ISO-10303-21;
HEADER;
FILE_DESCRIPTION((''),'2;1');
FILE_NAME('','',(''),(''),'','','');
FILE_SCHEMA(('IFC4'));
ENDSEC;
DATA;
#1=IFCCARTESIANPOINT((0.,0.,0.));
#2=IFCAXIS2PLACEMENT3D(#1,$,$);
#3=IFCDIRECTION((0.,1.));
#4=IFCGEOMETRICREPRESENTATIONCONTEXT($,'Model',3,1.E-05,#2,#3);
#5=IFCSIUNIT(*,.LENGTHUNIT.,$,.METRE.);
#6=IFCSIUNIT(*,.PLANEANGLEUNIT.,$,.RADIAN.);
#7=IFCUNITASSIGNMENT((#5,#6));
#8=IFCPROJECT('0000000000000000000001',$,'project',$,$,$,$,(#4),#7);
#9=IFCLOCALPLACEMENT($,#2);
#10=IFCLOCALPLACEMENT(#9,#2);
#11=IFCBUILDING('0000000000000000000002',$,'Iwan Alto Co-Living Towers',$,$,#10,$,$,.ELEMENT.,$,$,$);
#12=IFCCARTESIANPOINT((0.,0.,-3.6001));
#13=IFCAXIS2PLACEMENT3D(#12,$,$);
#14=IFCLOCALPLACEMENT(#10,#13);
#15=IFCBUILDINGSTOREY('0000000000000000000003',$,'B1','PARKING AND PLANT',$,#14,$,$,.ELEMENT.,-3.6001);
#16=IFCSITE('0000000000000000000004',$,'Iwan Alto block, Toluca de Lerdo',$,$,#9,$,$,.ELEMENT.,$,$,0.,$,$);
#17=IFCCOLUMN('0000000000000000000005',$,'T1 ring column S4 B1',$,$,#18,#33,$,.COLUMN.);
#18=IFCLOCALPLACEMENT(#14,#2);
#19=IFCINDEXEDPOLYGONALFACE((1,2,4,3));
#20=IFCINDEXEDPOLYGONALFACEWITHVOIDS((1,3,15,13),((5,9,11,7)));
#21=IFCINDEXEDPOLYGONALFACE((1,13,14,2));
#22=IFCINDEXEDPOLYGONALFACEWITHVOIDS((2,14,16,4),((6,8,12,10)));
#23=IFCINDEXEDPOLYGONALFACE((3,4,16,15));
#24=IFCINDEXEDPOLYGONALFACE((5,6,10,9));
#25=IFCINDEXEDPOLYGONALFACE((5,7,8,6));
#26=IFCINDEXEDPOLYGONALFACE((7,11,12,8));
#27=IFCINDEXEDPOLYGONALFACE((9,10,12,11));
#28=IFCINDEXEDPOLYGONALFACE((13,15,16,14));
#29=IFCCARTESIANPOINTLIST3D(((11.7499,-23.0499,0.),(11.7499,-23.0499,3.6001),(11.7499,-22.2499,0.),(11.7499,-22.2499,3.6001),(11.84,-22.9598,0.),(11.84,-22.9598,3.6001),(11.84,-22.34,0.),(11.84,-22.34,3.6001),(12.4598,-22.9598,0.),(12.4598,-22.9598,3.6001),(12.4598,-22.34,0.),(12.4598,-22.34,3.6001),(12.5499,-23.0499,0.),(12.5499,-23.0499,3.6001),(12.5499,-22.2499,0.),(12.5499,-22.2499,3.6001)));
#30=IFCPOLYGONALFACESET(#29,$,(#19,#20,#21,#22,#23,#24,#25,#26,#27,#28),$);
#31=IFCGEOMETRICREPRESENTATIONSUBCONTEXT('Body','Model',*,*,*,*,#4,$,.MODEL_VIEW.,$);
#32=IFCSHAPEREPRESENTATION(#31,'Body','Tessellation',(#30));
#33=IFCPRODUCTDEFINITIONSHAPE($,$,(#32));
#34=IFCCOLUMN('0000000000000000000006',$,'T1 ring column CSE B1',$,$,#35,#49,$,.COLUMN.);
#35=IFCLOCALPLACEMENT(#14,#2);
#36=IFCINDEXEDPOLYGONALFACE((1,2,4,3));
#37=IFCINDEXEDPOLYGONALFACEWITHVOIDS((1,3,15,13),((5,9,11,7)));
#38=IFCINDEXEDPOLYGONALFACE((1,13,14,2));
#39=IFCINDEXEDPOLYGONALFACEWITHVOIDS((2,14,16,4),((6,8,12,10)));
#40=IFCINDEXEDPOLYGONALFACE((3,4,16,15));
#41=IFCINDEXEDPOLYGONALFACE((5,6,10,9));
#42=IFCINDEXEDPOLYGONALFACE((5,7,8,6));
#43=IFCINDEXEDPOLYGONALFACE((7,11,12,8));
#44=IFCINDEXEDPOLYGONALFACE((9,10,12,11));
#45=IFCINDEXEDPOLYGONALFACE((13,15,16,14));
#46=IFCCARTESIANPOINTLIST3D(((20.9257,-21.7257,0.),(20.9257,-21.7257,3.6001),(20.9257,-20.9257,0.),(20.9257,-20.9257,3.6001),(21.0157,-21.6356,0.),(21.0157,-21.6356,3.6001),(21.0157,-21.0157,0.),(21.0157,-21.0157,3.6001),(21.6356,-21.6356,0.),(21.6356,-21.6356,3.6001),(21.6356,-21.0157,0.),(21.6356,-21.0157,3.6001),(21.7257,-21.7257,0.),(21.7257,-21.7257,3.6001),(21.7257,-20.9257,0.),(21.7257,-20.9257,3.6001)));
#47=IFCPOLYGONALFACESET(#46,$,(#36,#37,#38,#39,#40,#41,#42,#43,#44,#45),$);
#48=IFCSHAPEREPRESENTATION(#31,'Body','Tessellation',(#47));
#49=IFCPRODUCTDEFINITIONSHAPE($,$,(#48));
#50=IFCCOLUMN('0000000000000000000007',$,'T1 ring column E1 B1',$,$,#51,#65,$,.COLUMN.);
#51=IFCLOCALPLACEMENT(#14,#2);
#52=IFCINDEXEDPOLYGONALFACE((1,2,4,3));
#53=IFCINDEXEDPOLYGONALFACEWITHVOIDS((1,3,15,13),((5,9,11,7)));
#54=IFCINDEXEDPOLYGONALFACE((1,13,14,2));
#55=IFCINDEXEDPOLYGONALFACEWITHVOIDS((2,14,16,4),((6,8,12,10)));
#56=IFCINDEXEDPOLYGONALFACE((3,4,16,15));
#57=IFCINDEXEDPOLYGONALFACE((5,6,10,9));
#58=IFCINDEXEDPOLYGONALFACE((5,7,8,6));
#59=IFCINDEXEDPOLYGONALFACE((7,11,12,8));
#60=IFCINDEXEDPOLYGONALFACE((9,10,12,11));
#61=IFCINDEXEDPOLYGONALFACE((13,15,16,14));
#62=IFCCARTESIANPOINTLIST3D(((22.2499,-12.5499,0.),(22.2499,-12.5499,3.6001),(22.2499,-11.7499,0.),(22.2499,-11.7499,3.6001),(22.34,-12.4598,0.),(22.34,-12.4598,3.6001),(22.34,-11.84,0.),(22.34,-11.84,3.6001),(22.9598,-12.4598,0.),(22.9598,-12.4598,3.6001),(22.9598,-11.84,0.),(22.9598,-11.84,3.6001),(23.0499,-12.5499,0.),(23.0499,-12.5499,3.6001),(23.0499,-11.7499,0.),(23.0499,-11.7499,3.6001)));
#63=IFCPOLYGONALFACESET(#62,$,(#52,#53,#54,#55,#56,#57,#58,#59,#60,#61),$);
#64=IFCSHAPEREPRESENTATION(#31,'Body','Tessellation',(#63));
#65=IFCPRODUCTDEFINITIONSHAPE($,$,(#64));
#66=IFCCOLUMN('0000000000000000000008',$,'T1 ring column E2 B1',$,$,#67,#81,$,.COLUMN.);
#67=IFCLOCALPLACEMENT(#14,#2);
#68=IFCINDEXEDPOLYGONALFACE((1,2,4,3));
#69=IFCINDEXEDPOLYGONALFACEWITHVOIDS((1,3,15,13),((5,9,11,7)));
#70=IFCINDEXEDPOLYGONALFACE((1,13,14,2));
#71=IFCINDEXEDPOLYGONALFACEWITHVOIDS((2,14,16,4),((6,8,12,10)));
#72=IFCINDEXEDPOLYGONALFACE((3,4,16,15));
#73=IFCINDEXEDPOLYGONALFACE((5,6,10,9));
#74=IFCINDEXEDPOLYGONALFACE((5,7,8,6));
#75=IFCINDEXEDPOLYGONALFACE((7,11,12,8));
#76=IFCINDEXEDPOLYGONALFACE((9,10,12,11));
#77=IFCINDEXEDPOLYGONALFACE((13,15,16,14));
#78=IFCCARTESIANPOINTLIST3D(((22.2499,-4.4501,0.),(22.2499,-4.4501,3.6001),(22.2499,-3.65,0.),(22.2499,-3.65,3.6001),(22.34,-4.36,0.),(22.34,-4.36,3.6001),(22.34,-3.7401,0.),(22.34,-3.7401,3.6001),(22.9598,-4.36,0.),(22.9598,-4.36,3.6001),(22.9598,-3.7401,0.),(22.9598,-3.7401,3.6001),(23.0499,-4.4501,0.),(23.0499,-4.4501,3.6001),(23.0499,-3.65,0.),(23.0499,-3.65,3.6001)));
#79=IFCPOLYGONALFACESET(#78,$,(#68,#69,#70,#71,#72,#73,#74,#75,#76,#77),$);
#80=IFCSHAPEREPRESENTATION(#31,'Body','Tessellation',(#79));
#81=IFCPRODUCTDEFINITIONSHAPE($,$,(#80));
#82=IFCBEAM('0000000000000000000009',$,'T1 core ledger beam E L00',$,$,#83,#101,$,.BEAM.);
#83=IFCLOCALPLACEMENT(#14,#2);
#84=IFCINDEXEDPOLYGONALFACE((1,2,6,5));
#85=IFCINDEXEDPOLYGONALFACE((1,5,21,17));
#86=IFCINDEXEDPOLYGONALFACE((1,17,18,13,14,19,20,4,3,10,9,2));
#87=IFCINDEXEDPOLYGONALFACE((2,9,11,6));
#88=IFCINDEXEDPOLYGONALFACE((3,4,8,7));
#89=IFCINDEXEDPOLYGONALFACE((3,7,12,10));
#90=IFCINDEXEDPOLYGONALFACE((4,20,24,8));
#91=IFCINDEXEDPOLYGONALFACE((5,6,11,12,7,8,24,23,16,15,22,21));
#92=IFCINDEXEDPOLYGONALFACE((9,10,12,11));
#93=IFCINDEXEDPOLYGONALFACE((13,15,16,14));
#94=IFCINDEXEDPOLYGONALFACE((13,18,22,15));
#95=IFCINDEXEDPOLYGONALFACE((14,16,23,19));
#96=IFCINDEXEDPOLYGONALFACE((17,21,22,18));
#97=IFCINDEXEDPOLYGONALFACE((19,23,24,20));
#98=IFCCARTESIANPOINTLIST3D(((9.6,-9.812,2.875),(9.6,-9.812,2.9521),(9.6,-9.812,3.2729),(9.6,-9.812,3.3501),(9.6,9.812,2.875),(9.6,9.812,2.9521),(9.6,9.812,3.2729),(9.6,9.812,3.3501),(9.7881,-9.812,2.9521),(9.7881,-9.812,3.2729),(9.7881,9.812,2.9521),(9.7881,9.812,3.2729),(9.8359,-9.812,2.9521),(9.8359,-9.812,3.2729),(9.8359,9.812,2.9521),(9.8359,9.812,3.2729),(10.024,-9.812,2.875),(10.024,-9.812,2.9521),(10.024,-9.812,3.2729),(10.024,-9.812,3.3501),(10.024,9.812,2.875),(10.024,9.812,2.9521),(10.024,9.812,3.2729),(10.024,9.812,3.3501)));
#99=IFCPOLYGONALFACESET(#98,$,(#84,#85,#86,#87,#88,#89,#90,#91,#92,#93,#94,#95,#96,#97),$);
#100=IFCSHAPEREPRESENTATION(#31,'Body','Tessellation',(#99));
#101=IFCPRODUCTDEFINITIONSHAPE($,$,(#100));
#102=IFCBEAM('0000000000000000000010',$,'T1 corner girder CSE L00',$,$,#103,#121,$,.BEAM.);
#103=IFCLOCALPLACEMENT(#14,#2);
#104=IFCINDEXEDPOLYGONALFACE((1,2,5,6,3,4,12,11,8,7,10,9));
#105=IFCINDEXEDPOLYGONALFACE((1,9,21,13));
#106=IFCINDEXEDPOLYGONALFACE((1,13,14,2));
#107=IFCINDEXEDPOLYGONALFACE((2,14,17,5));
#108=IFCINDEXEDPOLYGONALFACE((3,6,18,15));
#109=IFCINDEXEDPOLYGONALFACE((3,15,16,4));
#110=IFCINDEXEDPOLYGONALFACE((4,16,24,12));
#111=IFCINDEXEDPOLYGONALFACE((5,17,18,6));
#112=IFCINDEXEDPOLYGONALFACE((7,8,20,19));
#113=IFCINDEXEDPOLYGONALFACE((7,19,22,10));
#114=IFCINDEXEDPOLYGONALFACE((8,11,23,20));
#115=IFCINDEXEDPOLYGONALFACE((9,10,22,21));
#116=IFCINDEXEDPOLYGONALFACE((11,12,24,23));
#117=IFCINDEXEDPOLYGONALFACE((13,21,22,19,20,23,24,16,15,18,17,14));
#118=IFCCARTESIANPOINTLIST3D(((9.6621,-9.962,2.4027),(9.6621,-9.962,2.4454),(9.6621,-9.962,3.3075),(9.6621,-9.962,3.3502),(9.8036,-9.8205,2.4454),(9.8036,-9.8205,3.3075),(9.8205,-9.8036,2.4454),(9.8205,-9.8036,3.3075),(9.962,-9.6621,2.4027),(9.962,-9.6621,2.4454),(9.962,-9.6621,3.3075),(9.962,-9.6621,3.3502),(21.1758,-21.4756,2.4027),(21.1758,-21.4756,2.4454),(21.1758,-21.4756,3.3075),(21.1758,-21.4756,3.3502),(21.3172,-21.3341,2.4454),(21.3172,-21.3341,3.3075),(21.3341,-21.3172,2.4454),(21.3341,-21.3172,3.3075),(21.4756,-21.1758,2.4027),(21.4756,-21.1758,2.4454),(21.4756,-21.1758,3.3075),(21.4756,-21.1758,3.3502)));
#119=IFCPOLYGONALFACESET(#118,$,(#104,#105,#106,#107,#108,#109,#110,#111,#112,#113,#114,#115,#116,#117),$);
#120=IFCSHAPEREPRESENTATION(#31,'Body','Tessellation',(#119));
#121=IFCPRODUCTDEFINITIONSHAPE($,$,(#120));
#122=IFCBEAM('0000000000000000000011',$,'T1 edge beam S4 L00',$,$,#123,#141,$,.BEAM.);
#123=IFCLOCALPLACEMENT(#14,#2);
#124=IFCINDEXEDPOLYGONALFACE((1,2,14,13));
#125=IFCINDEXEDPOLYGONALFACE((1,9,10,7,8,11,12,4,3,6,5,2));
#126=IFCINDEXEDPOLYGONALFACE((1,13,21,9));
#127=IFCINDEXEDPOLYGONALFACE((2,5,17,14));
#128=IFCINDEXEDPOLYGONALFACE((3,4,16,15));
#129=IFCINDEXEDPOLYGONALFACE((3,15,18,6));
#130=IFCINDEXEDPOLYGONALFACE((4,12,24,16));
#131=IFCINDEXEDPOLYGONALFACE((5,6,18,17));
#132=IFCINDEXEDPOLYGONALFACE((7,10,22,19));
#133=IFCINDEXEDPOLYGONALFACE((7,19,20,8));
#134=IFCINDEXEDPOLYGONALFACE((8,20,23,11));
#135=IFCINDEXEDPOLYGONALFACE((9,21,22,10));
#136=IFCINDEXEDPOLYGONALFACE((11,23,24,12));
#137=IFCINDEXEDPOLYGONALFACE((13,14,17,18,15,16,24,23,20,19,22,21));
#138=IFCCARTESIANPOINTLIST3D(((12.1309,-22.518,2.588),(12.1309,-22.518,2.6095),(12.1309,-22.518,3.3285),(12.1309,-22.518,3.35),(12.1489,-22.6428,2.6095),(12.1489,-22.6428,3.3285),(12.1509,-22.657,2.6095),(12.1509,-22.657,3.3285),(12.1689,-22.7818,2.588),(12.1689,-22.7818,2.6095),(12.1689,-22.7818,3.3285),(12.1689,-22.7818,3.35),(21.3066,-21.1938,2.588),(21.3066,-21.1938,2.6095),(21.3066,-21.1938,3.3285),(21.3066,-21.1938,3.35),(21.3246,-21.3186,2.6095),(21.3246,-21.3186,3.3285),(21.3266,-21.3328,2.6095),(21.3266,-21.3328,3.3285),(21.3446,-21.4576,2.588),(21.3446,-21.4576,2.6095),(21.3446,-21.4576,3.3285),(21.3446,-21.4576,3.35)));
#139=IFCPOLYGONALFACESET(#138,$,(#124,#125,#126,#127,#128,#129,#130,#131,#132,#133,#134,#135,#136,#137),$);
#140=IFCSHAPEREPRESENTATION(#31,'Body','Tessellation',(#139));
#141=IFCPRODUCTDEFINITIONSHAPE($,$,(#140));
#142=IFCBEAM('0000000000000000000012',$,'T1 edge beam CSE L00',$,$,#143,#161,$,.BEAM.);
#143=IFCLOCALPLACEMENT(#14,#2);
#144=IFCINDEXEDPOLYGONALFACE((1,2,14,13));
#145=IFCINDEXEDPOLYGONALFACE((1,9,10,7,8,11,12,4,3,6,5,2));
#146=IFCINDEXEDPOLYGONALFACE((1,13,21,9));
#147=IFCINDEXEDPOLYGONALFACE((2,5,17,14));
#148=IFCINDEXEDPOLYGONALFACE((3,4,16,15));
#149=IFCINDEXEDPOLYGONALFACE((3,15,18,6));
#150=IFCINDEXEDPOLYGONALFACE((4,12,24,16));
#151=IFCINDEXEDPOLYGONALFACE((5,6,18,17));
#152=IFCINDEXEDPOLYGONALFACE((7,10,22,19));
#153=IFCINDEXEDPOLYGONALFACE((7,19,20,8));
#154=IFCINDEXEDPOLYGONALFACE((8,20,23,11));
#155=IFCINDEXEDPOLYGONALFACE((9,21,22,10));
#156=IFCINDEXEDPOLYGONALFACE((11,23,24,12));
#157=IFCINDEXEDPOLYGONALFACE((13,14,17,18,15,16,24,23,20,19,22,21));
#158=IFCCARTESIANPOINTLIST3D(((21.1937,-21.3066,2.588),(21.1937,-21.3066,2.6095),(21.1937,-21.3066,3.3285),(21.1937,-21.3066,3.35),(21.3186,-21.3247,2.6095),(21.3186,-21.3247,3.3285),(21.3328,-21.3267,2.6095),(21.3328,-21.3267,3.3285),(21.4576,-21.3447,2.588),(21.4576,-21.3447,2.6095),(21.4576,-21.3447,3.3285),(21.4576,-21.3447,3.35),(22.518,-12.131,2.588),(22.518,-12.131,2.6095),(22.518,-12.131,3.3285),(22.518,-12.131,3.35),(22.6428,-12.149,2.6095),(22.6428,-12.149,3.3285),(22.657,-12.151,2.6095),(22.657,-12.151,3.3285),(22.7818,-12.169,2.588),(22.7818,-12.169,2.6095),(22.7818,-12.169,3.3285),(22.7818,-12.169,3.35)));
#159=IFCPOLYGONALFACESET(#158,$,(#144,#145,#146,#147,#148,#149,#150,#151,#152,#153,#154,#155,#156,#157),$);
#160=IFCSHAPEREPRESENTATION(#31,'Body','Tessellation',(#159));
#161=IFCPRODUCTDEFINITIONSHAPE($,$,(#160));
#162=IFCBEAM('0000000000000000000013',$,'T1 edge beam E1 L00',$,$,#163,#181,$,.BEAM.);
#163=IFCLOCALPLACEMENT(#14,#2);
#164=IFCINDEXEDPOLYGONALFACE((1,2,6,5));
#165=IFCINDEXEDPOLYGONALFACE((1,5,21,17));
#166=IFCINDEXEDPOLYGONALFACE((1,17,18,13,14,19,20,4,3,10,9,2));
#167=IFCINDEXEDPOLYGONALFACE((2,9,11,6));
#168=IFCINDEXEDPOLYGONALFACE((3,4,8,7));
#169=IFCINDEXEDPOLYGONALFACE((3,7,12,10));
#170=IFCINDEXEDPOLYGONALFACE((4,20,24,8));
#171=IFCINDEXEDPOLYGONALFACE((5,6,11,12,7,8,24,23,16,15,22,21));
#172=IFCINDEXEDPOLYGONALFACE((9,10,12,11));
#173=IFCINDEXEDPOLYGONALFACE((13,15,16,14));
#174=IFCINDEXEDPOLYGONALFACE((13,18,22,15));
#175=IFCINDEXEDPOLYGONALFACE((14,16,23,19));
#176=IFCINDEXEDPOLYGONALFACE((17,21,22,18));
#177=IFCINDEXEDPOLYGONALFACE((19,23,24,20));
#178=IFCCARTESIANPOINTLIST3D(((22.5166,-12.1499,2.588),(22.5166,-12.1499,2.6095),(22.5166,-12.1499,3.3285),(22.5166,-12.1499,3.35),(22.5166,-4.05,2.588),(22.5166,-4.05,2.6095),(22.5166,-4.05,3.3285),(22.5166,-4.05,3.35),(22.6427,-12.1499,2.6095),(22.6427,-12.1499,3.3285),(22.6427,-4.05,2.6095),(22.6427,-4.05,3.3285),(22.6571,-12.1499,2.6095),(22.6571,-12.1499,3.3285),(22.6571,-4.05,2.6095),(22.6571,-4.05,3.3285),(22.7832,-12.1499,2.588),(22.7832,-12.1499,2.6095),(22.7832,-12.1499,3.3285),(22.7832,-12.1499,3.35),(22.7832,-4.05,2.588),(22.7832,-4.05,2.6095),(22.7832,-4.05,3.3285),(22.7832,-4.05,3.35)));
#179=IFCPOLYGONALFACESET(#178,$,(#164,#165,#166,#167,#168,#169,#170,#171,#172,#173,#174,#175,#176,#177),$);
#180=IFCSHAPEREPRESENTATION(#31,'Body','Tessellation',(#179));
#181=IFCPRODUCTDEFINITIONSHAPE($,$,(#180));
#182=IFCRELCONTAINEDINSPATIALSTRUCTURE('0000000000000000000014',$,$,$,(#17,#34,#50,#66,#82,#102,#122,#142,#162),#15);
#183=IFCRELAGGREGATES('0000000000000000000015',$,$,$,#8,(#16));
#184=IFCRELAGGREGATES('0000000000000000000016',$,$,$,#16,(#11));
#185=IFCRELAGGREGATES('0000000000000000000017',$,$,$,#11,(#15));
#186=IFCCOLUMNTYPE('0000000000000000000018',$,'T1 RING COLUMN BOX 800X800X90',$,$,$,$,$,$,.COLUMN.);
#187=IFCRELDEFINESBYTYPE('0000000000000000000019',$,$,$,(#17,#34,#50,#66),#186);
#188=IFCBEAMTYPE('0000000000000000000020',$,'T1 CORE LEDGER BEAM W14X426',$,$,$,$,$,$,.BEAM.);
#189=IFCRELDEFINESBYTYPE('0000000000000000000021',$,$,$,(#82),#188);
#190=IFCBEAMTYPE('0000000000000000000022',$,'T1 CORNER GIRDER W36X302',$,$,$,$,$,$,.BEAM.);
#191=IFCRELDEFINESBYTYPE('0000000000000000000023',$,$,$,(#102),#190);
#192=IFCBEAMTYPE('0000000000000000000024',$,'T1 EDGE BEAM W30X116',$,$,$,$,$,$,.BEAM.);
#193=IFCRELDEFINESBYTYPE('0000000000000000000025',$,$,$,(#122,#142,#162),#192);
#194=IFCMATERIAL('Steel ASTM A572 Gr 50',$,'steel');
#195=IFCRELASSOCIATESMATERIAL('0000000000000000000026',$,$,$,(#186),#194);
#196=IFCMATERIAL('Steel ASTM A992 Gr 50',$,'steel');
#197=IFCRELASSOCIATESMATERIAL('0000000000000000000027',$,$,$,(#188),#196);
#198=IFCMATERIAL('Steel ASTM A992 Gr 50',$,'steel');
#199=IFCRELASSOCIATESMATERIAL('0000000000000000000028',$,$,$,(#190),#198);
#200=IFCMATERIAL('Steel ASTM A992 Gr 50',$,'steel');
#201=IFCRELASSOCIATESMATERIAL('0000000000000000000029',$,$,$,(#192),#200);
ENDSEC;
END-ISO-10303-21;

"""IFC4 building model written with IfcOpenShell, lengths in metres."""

from ifc_helpers import new_model, si_unit, direction, frame, origin, origin_2d, place, context, subcontext, project, spatial, hollow_rectangle, i_section, extrude, material, material_profile, profile_set, type_object, element, save


model = new_model("IFC4")

# Units and contexts
model_context = context("Model", 3, precision=1e-05, world=origin(), true_north=direction((0.0, 1.0)))
body_context = subcontext(model_context, "Body", "Model", "MODEL_VIEW")
ifc_project = project(units=[si_unit("LENGTHUNIT", "METRE"), si_unit("PLANEANGLEUNIT", "RADIAN")], contexts=[model_context])

# Site, building, storey
site_placement = place(None, origin())
site = spatial("IfcSite", under=ifc_project, at=site_placement, Name="Iwan Alto block, Toluca de Lerdo", CompositionType="ELEMENT", RefElevation=0.0)
building_placement = place(site_placement, origin())
building = spatial("IfcBuilding", under=site, at=building_placement, Name="Iwan Alto Co-Living Towers", CompositionType="ELEMENT")
storey_placement = place(building_placement, frame((0.0, 0.0, -3.6001)))
storey = spatial("IfcBuildingStorey", under=building, at=storey_placement, Name="B1", Description="PARKING AND PLANT", CompositionType="ELEMENT", Elevation=-3.6001)

# Columns
ifc_material_1 = material(Name="Steel ASTM A572 Gr 50", Category="steel")
ifc_material_profile_1 = material_profile(ifc_material_1, hollow_rectangle(XDim=0.8, YDim=0.8, WallThickness=0.0901, at=origin_2d()), Name="BOX 800X800X90")
ifc_profile_set_1 = profile_set([ifc_material_profile_1], Name="Steel ASTM A572 Gr 50")
column_type = type_object("IfcColumnType", Name="T1 RING COLUMN BOX 800X800X90", PredefinedType="COLUMN", material=ifc_profile_set_1)
for number, where, z_axis, x_axis, name in (
    (1, (12.1499, -22.6499, 0.0), (0.0, 0.0, 1.0), (1.0, 0.0, 0.0), "T1 ring column S4 B1"),
    (2, (21.3257, -21.3257, 0.0), (0.0, 0.0, 1.0), (1.0, 0.0, 0.0), "T1 ring column CSE B1"),
    (3, (22.6499, -12.1499, 0.0), (0.0, 0.0, 1.0), (1.0, 0.0, 0.0), "T1 ring column E1 B1"),
    (4, (22.6499, -4.05, 0.0), (0.0, 0.0, 1.0), (1.0, 0.0, 0.0), "T1 ring column E2 B1"),
):
    element("IfcColumn", number, at=place(storey_placement, frame(where, z_axis=z_axis, x_axis=x_axis)), inside=storey, type_object=column_type, Name=name, PredefinedType="COLUMN", context=body_context, shape_type="SweptSolid", body=[
        extrude(hollow_rectangle(XDim=0.8, YDim=0.8, WallThickness=0.0901, at=origin_2d()), origin(), (0.0, 0.0, 1.0), 3.6001),
    ])

# Beams
ifc_material_2 = material(Name="Steel ASTM A992 Gr 50", Category="steel")
ifc_material_profile_2 = material_profile(ifc_material_2, i_section(OverallWidth=0.4241, OverallDepth=0.4751, WebThickness=0.0479, FlangeThickness=0.0771, at=origin_2d()), Name="W14X426")
ifc_profile_set_2 = profile_set([ifc_material_profile_2], Name="Steel ASTM A992 Gr 50")
beam_type_1 = type_object("IfcBeamType", Name="T1 CORE LEDGER BEAM W14X426", PredefinedType="BEAM", material=ifc_profile_set_2)
beam_1_placement = place(storey_placement, frame((9.812, -9.812, 3.1125), z_axis=(0.0, 1.0, 0.0), x_axis=(-1.0, 0.0, 0.0)))
element("IfcBeam", 5, at=beam_1_placement, inside=storey, type_object=beam_type_1, Name="T1 core ledger beam E L00", PredefinedType="BEAM", context=body_context, shape_type="SweptSolid", body=[
    extrude(i_section(OverallWidth=0.4241, OverallDepth=0.4751, WebThickness=0.0479, FlangeThickness=0.0771, at=origin_2d()), origin(), (0.0, 0.0, 1.0), 19.624),
])
ifc_material_3 = material(Name="Steel ASTM A992 Gr 50", Category="steel")
ifc_material_profile_3 = material_profile(ifc_material_3, i_section(OverallWidth=0.4241, OverallDepth=0.9475, WebThickness=0.0239, FlangeThickness=0.0427, at=origin_2d()), Name="W36X302")
ifc_profile_set_3 = profile_set([ifc_material_profile_3], Name="Steel ASTM A992 Gr 50")
beam_type_2 = type_object("IfcBeamType", Name="T1 CORNER GIRDER W36X302", PredefinedType="BEAM", material=ifc_profile_set_3)
beam_2_placement = place(storey_placement, frame((21.3257, -21.3257, 2.8765), z_axis=(-0.707107, 0.707107, 0.0), x_axis=(-0.707107, -0.707107, 0.0)))
element("IfcBeam", 6, at=beam_2_placement, inside=storey, type_object=beam_type_2, Name="T1 corner girder CSE L00", PredefinedType="BEAM", context=body_context, shape_type="SweptSolid", body=[
    extrude(i_section(OverallWidth=0.4241, OverallDepth=0.9475, WebThickness=0.0239, FlangeThickness=0.0427, at=origin_2d()), origin(), (0.0, 0.0, 1.0), 16.2827),
])
ifc_material_4 = material(Name="Steel ASTM A992 Gr 50", Category="steel")
ifc_material_profile_4 = material_profile(ifc_material_4, i_section(OverallWidth=0.2666, OverallDepth=0.762, WebThickness=0.0144, FlangeThickness=0.0215, at=origin_2d()), Name="W30X116")
ifc_profile_set_4 = profile_set([ifc_material_profile_4], Name="Steel ASTM A992 Gr 50")
beam_type_3 = type_object("IfcBeamType", Name="T1 EDGE BEAM W30X116", PredefinedType="BEAM", material=ifc_profile_set_4)
for number, where, z_axis, x_axis, name in (
    (7, (12.1499, -22.6499, 2.969), (0.989746, 0.142837, 0.0), (-0.142837, 0.989746, 0.0), "T1 edge beam S4 L00"),
    (8, (21.3257, -21.3257, 2.969), (0.142837, 0.989746, 0.0), (-0.989746, 0.142837, 0.0), "T1 edge beam CSE L00"),
):
    element("IfcBeam", number, at=place(storey_placement, frame(where, z_axis=z_axis, x_axis=x_axis)), inside=storey, type_object=beam_type_3, Name=name, PredefinedType="BEAM", context=body_context, shape_type="SweptSolid", body=[
        extrude(i_section(OverallWidth=0.2666, OverallDepth=0.762, WebThickness=0.0144, FlangeThickness=0.0215, at=origin_2d()), origin(), (0.0, 0.0, 1.0), 9.2708),
    ])
beam_3_placement = place(storey_placement, frame((22.6499, -12.1499, 2.969), z_axis=(0.0, 1.0, 0.0), x_axis=(-1.0, 0.0, 0.0)))
element("IfcBeam", 9, at=beam_3_placement, inside=storey, type_object=beam_type_3, Name="T1 edge beam E1 L00", PredefinedType="BEAM", context=body_context, shape_type="SweptSolid", body=[
    extrude(i_section(OverallWidth=0.2666, OverallDepth=0.762, WebThickness=0.0144, FlangeThickness=0.0215, at=origin_2d()), origin(), (0.0, 0.0, 1.0), 8.0999),
])

save(model, "model.ifc")
